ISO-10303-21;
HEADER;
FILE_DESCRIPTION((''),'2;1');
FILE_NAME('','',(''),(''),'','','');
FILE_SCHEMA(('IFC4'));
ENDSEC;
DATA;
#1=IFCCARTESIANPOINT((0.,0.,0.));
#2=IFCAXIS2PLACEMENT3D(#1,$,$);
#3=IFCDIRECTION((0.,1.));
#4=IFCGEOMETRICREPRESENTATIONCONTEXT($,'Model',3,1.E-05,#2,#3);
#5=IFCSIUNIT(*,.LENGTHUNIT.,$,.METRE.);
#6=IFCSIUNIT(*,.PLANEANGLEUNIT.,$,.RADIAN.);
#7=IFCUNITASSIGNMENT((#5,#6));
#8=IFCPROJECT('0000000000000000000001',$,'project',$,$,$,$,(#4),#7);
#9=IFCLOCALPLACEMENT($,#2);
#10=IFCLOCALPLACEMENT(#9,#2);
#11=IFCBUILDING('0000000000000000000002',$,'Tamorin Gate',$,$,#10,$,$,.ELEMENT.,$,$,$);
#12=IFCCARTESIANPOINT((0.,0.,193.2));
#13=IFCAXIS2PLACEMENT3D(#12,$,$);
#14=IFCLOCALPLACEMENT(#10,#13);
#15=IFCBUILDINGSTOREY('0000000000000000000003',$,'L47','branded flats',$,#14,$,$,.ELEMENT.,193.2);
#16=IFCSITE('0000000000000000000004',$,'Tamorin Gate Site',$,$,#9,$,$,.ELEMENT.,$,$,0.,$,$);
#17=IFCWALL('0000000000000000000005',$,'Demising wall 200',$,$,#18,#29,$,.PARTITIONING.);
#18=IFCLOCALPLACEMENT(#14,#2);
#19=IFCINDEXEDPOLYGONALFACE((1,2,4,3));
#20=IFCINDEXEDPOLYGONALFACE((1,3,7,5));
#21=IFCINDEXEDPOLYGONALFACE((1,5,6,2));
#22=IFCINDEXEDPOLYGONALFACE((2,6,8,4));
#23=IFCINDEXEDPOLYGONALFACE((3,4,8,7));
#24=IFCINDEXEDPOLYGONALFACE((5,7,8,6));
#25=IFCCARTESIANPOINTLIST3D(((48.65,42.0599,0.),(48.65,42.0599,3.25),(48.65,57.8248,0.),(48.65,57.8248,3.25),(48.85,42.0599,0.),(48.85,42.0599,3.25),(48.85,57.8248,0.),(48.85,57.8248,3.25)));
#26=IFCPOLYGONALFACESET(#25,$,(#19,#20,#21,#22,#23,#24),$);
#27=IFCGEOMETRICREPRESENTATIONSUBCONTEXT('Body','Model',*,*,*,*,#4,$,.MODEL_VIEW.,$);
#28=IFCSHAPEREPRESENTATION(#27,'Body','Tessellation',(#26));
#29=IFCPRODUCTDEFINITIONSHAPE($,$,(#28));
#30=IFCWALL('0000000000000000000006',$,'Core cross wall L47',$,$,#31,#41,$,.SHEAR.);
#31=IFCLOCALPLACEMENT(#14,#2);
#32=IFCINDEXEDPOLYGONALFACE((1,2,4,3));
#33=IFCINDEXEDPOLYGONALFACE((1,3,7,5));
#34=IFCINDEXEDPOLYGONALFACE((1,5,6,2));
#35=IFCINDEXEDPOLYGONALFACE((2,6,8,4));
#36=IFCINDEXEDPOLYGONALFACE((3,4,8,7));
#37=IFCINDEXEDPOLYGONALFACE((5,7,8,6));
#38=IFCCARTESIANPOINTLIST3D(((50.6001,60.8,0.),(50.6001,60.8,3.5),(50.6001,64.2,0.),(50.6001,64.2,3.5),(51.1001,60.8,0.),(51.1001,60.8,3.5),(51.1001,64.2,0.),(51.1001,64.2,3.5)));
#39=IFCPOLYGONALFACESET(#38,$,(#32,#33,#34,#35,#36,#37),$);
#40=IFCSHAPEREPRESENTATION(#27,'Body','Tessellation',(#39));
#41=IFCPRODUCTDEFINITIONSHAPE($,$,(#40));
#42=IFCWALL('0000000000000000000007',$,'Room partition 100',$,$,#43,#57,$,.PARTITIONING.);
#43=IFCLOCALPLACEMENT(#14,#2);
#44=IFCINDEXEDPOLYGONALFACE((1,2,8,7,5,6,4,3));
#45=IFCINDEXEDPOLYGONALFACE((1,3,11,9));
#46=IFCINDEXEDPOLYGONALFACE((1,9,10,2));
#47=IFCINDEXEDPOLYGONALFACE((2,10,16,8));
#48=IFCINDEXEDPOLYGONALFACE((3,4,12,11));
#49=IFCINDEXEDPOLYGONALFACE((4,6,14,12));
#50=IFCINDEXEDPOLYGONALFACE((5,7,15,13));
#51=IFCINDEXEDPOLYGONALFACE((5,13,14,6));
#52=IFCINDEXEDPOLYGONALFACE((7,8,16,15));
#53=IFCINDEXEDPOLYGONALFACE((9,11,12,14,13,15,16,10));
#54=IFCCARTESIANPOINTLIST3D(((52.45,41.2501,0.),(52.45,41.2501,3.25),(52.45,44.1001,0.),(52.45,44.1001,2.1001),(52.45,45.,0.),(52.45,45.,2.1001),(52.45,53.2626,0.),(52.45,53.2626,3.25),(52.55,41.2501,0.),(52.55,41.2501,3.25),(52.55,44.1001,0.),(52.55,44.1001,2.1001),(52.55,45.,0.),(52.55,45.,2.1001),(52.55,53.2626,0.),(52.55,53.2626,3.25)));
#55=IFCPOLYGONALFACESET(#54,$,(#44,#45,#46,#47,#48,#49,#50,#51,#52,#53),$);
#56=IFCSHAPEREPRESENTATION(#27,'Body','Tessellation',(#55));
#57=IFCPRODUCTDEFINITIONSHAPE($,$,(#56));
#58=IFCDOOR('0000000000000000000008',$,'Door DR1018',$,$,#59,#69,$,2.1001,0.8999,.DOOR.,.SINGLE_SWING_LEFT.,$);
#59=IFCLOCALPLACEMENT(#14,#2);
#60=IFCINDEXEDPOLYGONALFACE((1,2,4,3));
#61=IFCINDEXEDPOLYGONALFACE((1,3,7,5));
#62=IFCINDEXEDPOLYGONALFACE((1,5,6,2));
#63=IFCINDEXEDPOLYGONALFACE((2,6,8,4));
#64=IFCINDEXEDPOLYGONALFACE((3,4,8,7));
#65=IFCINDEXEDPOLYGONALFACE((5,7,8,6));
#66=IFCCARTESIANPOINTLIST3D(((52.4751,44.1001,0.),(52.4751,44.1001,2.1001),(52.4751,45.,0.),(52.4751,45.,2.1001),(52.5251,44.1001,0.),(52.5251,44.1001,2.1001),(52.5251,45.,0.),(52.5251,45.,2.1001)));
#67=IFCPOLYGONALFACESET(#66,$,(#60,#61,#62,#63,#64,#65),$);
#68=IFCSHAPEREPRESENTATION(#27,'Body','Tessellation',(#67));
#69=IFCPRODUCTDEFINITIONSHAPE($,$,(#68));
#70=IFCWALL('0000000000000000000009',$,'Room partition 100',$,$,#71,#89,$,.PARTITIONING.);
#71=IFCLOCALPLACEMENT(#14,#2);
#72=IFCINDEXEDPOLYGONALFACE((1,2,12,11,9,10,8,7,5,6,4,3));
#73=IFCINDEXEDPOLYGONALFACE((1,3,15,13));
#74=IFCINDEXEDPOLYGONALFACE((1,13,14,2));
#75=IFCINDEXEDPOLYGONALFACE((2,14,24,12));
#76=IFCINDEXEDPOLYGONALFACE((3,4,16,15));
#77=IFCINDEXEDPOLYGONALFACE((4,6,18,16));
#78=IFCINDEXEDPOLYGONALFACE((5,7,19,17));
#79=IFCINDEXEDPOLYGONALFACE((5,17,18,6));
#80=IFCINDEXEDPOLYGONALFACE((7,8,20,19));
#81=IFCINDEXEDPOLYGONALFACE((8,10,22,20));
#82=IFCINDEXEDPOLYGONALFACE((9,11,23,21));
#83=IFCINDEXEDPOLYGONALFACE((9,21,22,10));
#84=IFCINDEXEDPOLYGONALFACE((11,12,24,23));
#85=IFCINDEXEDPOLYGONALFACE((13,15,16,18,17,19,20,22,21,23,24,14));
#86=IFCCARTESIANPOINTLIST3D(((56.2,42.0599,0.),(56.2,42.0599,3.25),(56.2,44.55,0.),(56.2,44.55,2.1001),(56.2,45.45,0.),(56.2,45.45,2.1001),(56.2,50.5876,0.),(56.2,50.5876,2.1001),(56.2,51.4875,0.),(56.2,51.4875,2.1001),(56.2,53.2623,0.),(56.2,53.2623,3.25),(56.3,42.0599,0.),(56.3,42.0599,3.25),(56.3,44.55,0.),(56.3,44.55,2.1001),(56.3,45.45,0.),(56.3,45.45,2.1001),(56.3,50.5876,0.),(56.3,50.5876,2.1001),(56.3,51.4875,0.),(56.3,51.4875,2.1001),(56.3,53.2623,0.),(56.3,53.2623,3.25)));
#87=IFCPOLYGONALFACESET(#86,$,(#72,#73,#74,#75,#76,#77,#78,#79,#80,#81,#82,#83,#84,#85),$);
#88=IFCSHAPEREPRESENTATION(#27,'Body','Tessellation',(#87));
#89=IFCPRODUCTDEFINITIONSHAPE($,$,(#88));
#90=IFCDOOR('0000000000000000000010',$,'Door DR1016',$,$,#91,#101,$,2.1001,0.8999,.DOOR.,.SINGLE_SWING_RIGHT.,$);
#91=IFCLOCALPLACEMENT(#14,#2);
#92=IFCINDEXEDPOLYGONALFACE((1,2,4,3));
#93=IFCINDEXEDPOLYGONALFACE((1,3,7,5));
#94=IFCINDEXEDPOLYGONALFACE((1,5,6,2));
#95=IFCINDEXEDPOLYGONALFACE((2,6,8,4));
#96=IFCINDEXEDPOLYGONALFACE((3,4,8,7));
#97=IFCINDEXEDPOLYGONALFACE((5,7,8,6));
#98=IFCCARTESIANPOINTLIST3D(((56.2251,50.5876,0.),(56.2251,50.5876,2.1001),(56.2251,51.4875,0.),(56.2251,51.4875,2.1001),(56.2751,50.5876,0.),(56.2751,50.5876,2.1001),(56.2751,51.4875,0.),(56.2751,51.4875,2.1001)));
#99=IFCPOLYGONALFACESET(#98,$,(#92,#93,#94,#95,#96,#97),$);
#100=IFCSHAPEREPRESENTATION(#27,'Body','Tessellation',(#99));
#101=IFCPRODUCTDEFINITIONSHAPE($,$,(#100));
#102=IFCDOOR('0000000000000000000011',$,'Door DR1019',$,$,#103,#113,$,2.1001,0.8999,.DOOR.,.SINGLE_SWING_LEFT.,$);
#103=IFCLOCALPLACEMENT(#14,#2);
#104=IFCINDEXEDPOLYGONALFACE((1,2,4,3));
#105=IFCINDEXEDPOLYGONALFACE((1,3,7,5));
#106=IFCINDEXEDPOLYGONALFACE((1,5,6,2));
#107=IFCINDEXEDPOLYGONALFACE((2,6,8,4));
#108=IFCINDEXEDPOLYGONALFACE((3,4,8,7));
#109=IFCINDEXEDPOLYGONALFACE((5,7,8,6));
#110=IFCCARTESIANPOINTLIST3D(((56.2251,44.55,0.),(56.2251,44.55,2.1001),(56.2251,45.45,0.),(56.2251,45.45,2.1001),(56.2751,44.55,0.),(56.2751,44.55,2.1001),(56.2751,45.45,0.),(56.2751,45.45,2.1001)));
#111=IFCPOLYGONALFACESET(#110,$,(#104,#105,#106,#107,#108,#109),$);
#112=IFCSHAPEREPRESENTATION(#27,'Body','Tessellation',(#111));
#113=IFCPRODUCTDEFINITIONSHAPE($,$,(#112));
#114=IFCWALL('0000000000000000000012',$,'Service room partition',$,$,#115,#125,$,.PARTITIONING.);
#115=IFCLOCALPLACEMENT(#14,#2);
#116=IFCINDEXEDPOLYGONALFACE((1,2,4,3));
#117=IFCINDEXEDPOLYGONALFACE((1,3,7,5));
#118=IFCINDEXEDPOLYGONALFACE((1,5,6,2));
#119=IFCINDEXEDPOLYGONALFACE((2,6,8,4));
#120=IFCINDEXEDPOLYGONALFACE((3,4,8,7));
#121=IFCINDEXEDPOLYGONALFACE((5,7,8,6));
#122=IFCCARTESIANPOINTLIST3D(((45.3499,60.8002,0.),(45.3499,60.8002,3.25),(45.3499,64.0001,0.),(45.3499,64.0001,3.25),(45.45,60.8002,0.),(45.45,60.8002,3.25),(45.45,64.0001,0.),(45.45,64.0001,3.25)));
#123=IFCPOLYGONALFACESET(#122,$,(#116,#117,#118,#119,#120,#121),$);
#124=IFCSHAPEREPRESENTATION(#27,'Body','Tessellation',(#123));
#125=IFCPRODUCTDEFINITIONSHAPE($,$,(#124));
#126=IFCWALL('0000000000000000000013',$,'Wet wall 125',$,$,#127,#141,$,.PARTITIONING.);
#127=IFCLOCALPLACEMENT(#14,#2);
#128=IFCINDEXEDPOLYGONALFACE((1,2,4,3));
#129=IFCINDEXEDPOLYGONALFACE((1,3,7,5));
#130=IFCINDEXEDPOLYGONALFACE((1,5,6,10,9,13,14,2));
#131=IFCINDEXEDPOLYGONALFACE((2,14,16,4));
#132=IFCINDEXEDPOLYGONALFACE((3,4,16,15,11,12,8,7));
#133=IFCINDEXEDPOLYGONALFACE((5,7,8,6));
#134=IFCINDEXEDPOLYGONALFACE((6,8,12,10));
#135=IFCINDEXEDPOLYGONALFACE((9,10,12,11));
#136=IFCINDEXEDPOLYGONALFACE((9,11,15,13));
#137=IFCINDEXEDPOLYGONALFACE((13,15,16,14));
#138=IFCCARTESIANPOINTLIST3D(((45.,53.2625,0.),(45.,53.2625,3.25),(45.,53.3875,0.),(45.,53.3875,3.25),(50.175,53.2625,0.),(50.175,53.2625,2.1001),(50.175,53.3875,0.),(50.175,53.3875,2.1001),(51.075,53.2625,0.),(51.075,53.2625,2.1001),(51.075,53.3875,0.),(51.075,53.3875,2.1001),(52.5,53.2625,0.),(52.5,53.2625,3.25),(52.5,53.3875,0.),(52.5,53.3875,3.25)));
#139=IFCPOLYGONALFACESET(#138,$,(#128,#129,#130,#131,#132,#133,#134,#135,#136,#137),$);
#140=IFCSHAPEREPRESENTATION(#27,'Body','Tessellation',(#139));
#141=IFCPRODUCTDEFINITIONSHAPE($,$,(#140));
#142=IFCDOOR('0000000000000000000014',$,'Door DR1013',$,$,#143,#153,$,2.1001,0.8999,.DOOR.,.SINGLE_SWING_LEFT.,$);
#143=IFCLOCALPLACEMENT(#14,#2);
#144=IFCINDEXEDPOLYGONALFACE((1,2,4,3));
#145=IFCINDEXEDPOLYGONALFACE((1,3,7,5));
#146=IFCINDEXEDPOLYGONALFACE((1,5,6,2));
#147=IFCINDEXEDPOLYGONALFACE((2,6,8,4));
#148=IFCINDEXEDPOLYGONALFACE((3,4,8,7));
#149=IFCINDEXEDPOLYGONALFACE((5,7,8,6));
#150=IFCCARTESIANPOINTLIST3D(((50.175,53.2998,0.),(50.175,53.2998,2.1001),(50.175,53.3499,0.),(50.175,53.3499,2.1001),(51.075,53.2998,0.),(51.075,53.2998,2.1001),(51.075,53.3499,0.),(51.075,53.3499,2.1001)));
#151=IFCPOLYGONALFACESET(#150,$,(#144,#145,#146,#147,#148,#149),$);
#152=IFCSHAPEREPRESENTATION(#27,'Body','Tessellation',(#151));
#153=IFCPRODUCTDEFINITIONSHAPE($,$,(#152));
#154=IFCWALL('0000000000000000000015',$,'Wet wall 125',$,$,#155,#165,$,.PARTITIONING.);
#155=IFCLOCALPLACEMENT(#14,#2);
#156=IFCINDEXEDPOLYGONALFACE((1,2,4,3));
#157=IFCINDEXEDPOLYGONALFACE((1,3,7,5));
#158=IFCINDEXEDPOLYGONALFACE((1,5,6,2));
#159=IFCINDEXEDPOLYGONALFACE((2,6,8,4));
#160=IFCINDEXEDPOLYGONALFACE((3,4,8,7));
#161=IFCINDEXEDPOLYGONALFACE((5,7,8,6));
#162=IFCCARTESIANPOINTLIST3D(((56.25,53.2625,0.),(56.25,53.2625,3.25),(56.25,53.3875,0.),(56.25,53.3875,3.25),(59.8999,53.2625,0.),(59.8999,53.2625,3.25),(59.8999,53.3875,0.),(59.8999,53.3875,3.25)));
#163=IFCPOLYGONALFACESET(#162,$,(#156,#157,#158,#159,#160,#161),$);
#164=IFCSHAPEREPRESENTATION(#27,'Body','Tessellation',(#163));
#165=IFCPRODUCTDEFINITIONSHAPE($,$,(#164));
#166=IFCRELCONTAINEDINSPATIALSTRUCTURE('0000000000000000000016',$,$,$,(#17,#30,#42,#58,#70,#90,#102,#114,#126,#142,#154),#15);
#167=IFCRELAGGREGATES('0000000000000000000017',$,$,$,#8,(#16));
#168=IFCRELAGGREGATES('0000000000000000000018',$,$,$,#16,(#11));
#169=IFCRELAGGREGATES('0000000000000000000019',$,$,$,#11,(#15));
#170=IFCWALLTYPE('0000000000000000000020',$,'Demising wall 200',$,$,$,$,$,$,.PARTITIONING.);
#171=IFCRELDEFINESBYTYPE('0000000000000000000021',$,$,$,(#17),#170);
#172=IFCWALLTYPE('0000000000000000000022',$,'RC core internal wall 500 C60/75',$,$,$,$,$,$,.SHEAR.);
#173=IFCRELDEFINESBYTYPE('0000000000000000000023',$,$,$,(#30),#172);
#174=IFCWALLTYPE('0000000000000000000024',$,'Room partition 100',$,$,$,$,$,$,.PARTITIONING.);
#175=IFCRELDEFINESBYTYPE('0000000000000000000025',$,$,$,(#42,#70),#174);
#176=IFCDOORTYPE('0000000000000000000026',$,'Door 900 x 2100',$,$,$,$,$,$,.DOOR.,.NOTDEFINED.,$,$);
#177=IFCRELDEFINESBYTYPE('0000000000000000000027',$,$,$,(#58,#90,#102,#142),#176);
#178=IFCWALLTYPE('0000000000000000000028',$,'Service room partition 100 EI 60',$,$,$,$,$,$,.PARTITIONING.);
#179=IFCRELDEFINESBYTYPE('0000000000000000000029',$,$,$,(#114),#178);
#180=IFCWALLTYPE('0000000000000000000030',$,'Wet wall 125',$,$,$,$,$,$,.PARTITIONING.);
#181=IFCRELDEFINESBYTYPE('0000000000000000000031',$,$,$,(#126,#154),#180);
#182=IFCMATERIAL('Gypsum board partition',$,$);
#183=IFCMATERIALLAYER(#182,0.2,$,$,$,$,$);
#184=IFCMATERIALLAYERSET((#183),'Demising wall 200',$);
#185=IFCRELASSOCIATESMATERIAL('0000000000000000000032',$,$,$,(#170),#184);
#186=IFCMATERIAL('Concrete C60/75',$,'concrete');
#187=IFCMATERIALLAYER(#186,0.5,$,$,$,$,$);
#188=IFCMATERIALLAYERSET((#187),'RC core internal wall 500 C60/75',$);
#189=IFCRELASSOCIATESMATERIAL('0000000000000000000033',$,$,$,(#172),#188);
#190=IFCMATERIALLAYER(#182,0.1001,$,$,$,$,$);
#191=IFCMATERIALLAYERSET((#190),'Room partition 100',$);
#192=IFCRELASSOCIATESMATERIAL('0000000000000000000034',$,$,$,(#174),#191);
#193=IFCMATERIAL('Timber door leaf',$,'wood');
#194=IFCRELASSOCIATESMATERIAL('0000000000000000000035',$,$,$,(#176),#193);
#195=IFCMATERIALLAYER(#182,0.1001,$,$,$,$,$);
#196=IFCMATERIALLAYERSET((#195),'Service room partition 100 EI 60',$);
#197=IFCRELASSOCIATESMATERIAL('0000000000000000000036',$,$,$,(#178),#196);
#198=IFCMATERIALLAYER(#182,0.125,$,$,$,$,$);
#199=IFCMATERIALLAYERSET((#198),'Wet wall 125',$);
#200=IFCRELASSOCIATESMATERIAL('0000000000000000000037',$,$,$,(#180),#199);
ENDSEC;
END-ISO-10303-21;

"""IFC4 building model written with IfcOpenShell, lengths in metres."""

from ifc_helpers import new_model, si_unit, direction, frame, frame_2d, origin, place, context, subcontext, project, spatial, rectangle, extrude, material, layer, layer_set, type_object, element, fill, save


model = new_model("IFC4")

# Units and contexts
model_context = context("Model", 3, precision=1e-05, world=origin(), true_north=direction((0.0, 1.0)))
body_context = subcontext(model_context, "Body", "Model", "MODEL_VIEW")
ifc_project = project(units=[si_unit("LENGTHUNIT", "METRE"), si_unit("PLANEANGLEUNIT", "RADIAN")], contexts=[model_context])

# Site, building, storey
site_placement = place(None, origin())
site = spatial("IfcSite", under=ifc_project, at=site_placement, Name="Tamorin Gate Site", CompositionType="ELEMENT", RefElevation=0.0)
building_placement = place(site_placement, origin())
building = spatial("IfcBuilding", under=site, at=building_placement, Name="Tamorin Gate", CompositionType="ELEMENT")
storey_placement = place(building_placement, frame((0.0, 0.0, 193.2)))
storey = spatial("IfcBuildingStorey", under=building, at=storey_placement, Name="L47", Description="branded flats", CompositionType="ELEMENT", Elevation=193.2)

# Shared definitions
ifc_material_1 = material(Name="Concrete C60/75", Category="concrete")

# Walls
ifc_material_2 = material(Name="Gypsum board partition")
ifc_layer_1 = layer(ifc_material_2, 0.2)
ifc_layer_set_1 = layer_set([ifc_layer_1], Name="Demising wall 200")
wall_type_1 = type_object("IfcWallType", Name="Demising wall 200", PredefinedType="PARTITIONING", material=ifc_layer_set_1)
wall_1_placement = place(storey_placement, frame((48.75, 42.0601, 0.0), z_axis=(0.0, 0.0, 1.0), x_axis=(0.0, 1.0, 0.0)))
element("IfcWall", 1, at=wall_1_placement, inside=storey, type_object=wall_type_1, Name="Demising wall 200", PredefinedType="PARTITIONING", context=body_context, shape_type="SweptSolid", body=[
    extrude(rectangle(XDim=15.7649, YDim=0.2, at=frame_2d((7.8823, 0.0))), origin(), (0.0, 0.0, 1.0), 3.25),
])
ifc_layer_2 = layer(ifc_material_1, 0.5)
ifc_layer_set_2 = layer_set([ifc_layer_2], Name="RC core internal wall 500 C60/75")
wall_type_2 = type_object("IfcWallType", Name="RC core internal wall 500 C60/75", PredefinedType="SHEAR", material=ifc_layer_set_2)
wall_2_placement = place(storey_placement, frame((50.8501, 60.8, 0.0), z_axis=(0.0, 0.0, 1.0), x_axis=(0.0, 1.0, 0.0)))
element("IfcWall", 2, at=wall_2_placement, inside=storey, type_object=wall_type_2, Name="Core cross wall L47", PredefinedType="SHEAR", context=body_context, shape_type="SweptSolid", body=[
    extrude(rectangle(XDim=3.3999, YDim=0.5, at=frame_2d((1.7, 0.0))), origin(), (0.0, 0.0, 1.0), 3.5),
])

# Wall, opening, door
ifc_layer_3 = layer(ifc_material_2, 0.1001)
ifc_layer_set_3 = layer_set([ifc_layer_3], Name="Room partition 100")
wall_type_3 = type_object("IfcWallType", Name="Room partition 100", PredefinedType="PARTITIONING", material=ifc_layer_set_3)
wall_3_placement = place(storey_placement, frame((52.5, 41.25, 0.0), z_axis=(0.0, 0.0, 1.0), x_axis=(0.0, 1.0, 0.0)))
wall_3 = element("IfcWall", 3, at=wall_3_placement, inside=storey, type_object=wall_type_3, Name="Room partition 100", PredefinedType="PARTITIONING", context=body_context, shape_type="SweptSolid", body=[
    extrude(rectangle(XDim=12.0125, YDim=0.1001, at=frame_2d((6.0063, 0.0))), origin(), (0.0, 0.0, 1.0), 3.25),
])
opening_1_placement = place(wall_3_placement, frame((2.8501, 0.0, 0.0)))
opening_1 = element("IfcOpeningElement", 4, at=opening_1_placement, cuts=wall_3, PredefinedType="OPENING", context=body_context, shape_type="SweptSolid", body=[
    extrude(rectangle(XDim=0.8999, YDim=2.1001, at=frame_2d((0.45, 1.05))), frame((0.0, 0.0601, 0.0), z_axis=(0.0, -1.0, 0.0), x_axis=(1.0, 0.0, 0.0)), (0.0, 0.0, 1.0), 0.1201),
])
ifc_material_3 = material(Name="Timber door leaf", Category="wood")
door_type = type_object("IfcDoorType", Name="Door 900 x 2100", OperationType="NOTDEFINED", PredefinedType="DOOR", material=ifc_material_3)
door_1_placement = place(opening_1_placement, origin())
door_1 = element("IfcDoor", 5, at=door_1_placement, inside=storey, type_object=door_type, Name="Door DR1018", OperationType="SINGLE_SWING_LEFT", OverallHeight=2.1001, OverallWidth=0.8999, PredefinedType="DOOR", context=body_context, shape_type="SweptSolid", body=[
    extrude(rectangle(XDim=0.8999, YDim=2.1001, at=frame_2d((0.45, 1.05))), frame((0.0, 0.0249, 0.0), z_axis=(0.0, -1.0, 0.0), x_axis=(1.0, 0.0, 0.0)), (0.0, 0.0, 1.0), 0.05),
])
fill(opening_1, door_1)

# Wall, openings, doors
wall_4_placement = place(storey_placement, frame((56.25, 42.0601, 0.0), z_axis=(0.0, 0.0, 1.0), x_axis=(0.0, 1.0, 0.0)))
wall_4 = element("IfcWall", 6, at=wall_4_placement, inside=storey, type_object=wall_type_3, Name="Room partition 100", PredefinedType="PARTITIONING", context=body_context, shape_type="SweptSolid", body=[
    extrude(rectangle(XDim=11.2024, YDim=0.1001, at=frame_2d((5.6011, 0.0))), origin(), (0.0, 0.0, 1.0), 3.25),
])
opening_2_placement = place(wall_4_placement, frame((8.5276, 0.0, 0.0)))
opening_2 = element("IfcOpeningElement", 7, at=opening_2_placement, cuts=wall_4, PredefinedType="OPENING", context=body_context, shape_type="SweptSolid", body=[
    extrude(rectangle(XDim=0.8999, YDim=2.1001, at=frame_2d((0.45, 1.05))), frame((0.0, 0.0601, 0.0), z_axis=(0.0, -1.0, 0.0), x_axis=(1.0, 0.0, 0.0)), (0.0, 0.0, 1.0), 0.1201),
])
opening_3_placement = place(wall_4_placement, frame((2.49, 0.0, 0.0)))
opening_3 = element("IfcOpeningElement", 8, at=opening_3_placement, cuts=wall_4, PredefinedType="OPENING", context=body_context, shape_type="SweptSolid", body=[
    extrude(rectangle(XDim=0.8999, YDim=2.1001, at=frame_2d((0.45, 1.05))), frame((0.0, 0.0601, 0.0), z_axis=(0.0, -1.0, 0.0), x_axis=(1.0, 0.0, 0.0)), (0.0, 0.0, 1.0), 0.1201),
])
door_2_placement = place(opening_2_placement, origin())
door_2 = element("IfcDoor", 9, at=door_2_placement, inside=storey, type_object=door_type, Name="Door DR1016", OperationType="SINGLE_SWING_RIGHT", OverallHeight=2.1001, OverallWidth=0.8999, PredefinedType="DOOR", context=body_context, shape_type="SweptSolid", body=[
    extrude(rectangle(XDim=0.8999, YDim=2.1001, at=frame_2d((0.45, 1.05))), frame((0.0, 0.0249, 0.0), z_axis=(0.0, -1.0, 0.0), x_axis=(1.0, 0.0, 0.0)), (0.0, 0.0, 1.0), 0.05),
])
fill(opening_2, door_2)
door_3_placement = place(opening_3_placement, origin())
door_3 = element("IfcDoor", 10, at=door_3_placement, inside=storey, type_object=door_type, Name="Door DR1019", OperationType="SINGLE_SWING_LEFT", OverallHeight=2.1001, OverallWidth=0.8999, PredefinedType="DOOR", context=body_context, shape_type="SweptSolid", body=[
    extrude(rectangle(XDim=0.8999, YDim=2.1001, at=frame_2d((0.45, 1.05))), frame((0.0, 0.0249, 0.0), z_axis=(0.0, -1.0, 0.0), x_axis=(1.0, 0.0, 0.0)), (0.0, 0.0, 1.0), 0.05),
])
fill(opening_3, door_3)

# Wall
ifc_layer_4 = layer(ifc_material_2, 0.1001)
ifc_layer_set_4 = layer_set([ifc_layer_4], Name="Service room partition 100 EI 60")
wall_type_4 = type_object("IfcWallType", Name="Service room partition 100 EI 60", PredefinedType="PARTITIONING", material=ifc_layer_set_4)
wall_5_placement = place(storey_placement, frame((45.3999, 60.8, 0.0), z_axis=(0.0, 0.0, 1.0), x_axis=(0.0, 1.0, 0.0)))
element("IfcWall", 11, at=wall_5_placement, inside=storey, type_object=wall_type_4, Name="Service room partition", PredefinedType="PARTITIONING", context=body_context, shape_type="SweptSolid", body=[
    extrude(rectangle(XDim=3.2, YDim=0.1001, at=frame_2d((1.6001, 0.0))), origin(), (0.0, 0.0, 1.0), 3.25),
])

# Wall, opening, door
ifc_layer_5 = layer(ifc_material_2, 0.125)
ifc_layer_set_5 = layer_set([ifc_layer_5], Name="Wet wall 125")
wall_type_5 = type_object("IfcWallType", Name="Wet wall 125", PredefinedType="PARTITIONING", material=ifc_layer_set_5)
wall_6_placement = place(storey_placement, frame((45.0, 53.325, 0.0), z_axis=(0.0, 0.0, 1.0), x_axis=(1.0, 0.0, 0.0)))
wall_6 = element("IfcWall", 12, at=wall_6_placement, inside=storey, type_object=wall_type_5, Name="Wet wall 125", PredefinedType="PARTITIONING", context=body_context, shape_type="SweptSolid", body=[
    extrude(rectangle(XDim=7.5, YDim=0.125, at=frame_2d((3.75, 0.0))), origin(), (0.0, 0.0, 1.0), 3.25),
])
opening_4_placement = place(wall_6_placement, frame((5.175, 0.0, 0.0)))
opening_4 = element("IfcOpeningElement", 13, at=opening_4_placement, cuts=wall_6, PredefinedType="OPENING", context=body_context, shape_type="SweptSolid", body=[
    extrude(rectangle(XDim=0.8999, YDim=2.1001, at=frame_2d((0.45, 1.05))), frame((0.0, 0.0725, 0.0), z_axis=(0.0, -1.0, 0.0), x_axis=(1.0, 0.0, 0.0)), (0.0, 0.0, 1.0), 0.145),
])
door_4_placement = place(opening_4_placement, origin())
door_4 = element("IfcDoor", 14, at=door_4_placement, inside=storey, type_object=door_type, Name="Door DR1013", OperationType="SINGLE_SWING_LEFT", OverallHeight=2.1001, OverallWidth=0.8999, PredefinedType="DOOR", context=body_context, shape_type="SweptSolid", body=[
    extrude(rectangle(XDim=0.8999, YDim=2.1001, at=frame_2d((0.45, 1.05))), frame((0.0, 0.0249, 0.0), z_axis=(0.0, -1.0, 0.0), x_axis=(1.0, 0.0, 0.0)), (0.0, 0.0, 1.0), 0.05),
])
fill(opening_4, door_4)

# Wall
wall_7_placement = place(storey_placement, frame((56.25, 53.325, 0.0), z_axis=(0.0, 0.0, 1.0), x_axis=(1.0, 0.0, 0.0)))
element("IfcWall", 15, at=wall_7_placement, inside=storey, type_object=wall_type_5, Name="Wet wall 125", PredefinedType="PARTITIONING", context=body_context, shape_type="SweptSolid", body=[
    extrude(rectangle(XDim=3.6499, YDim=0.125, at=frame_2d((1.825, 0.0))), origin(), (0.0, 0.0, 1.0), 3.25),
])

save(model, "model.ifc")
